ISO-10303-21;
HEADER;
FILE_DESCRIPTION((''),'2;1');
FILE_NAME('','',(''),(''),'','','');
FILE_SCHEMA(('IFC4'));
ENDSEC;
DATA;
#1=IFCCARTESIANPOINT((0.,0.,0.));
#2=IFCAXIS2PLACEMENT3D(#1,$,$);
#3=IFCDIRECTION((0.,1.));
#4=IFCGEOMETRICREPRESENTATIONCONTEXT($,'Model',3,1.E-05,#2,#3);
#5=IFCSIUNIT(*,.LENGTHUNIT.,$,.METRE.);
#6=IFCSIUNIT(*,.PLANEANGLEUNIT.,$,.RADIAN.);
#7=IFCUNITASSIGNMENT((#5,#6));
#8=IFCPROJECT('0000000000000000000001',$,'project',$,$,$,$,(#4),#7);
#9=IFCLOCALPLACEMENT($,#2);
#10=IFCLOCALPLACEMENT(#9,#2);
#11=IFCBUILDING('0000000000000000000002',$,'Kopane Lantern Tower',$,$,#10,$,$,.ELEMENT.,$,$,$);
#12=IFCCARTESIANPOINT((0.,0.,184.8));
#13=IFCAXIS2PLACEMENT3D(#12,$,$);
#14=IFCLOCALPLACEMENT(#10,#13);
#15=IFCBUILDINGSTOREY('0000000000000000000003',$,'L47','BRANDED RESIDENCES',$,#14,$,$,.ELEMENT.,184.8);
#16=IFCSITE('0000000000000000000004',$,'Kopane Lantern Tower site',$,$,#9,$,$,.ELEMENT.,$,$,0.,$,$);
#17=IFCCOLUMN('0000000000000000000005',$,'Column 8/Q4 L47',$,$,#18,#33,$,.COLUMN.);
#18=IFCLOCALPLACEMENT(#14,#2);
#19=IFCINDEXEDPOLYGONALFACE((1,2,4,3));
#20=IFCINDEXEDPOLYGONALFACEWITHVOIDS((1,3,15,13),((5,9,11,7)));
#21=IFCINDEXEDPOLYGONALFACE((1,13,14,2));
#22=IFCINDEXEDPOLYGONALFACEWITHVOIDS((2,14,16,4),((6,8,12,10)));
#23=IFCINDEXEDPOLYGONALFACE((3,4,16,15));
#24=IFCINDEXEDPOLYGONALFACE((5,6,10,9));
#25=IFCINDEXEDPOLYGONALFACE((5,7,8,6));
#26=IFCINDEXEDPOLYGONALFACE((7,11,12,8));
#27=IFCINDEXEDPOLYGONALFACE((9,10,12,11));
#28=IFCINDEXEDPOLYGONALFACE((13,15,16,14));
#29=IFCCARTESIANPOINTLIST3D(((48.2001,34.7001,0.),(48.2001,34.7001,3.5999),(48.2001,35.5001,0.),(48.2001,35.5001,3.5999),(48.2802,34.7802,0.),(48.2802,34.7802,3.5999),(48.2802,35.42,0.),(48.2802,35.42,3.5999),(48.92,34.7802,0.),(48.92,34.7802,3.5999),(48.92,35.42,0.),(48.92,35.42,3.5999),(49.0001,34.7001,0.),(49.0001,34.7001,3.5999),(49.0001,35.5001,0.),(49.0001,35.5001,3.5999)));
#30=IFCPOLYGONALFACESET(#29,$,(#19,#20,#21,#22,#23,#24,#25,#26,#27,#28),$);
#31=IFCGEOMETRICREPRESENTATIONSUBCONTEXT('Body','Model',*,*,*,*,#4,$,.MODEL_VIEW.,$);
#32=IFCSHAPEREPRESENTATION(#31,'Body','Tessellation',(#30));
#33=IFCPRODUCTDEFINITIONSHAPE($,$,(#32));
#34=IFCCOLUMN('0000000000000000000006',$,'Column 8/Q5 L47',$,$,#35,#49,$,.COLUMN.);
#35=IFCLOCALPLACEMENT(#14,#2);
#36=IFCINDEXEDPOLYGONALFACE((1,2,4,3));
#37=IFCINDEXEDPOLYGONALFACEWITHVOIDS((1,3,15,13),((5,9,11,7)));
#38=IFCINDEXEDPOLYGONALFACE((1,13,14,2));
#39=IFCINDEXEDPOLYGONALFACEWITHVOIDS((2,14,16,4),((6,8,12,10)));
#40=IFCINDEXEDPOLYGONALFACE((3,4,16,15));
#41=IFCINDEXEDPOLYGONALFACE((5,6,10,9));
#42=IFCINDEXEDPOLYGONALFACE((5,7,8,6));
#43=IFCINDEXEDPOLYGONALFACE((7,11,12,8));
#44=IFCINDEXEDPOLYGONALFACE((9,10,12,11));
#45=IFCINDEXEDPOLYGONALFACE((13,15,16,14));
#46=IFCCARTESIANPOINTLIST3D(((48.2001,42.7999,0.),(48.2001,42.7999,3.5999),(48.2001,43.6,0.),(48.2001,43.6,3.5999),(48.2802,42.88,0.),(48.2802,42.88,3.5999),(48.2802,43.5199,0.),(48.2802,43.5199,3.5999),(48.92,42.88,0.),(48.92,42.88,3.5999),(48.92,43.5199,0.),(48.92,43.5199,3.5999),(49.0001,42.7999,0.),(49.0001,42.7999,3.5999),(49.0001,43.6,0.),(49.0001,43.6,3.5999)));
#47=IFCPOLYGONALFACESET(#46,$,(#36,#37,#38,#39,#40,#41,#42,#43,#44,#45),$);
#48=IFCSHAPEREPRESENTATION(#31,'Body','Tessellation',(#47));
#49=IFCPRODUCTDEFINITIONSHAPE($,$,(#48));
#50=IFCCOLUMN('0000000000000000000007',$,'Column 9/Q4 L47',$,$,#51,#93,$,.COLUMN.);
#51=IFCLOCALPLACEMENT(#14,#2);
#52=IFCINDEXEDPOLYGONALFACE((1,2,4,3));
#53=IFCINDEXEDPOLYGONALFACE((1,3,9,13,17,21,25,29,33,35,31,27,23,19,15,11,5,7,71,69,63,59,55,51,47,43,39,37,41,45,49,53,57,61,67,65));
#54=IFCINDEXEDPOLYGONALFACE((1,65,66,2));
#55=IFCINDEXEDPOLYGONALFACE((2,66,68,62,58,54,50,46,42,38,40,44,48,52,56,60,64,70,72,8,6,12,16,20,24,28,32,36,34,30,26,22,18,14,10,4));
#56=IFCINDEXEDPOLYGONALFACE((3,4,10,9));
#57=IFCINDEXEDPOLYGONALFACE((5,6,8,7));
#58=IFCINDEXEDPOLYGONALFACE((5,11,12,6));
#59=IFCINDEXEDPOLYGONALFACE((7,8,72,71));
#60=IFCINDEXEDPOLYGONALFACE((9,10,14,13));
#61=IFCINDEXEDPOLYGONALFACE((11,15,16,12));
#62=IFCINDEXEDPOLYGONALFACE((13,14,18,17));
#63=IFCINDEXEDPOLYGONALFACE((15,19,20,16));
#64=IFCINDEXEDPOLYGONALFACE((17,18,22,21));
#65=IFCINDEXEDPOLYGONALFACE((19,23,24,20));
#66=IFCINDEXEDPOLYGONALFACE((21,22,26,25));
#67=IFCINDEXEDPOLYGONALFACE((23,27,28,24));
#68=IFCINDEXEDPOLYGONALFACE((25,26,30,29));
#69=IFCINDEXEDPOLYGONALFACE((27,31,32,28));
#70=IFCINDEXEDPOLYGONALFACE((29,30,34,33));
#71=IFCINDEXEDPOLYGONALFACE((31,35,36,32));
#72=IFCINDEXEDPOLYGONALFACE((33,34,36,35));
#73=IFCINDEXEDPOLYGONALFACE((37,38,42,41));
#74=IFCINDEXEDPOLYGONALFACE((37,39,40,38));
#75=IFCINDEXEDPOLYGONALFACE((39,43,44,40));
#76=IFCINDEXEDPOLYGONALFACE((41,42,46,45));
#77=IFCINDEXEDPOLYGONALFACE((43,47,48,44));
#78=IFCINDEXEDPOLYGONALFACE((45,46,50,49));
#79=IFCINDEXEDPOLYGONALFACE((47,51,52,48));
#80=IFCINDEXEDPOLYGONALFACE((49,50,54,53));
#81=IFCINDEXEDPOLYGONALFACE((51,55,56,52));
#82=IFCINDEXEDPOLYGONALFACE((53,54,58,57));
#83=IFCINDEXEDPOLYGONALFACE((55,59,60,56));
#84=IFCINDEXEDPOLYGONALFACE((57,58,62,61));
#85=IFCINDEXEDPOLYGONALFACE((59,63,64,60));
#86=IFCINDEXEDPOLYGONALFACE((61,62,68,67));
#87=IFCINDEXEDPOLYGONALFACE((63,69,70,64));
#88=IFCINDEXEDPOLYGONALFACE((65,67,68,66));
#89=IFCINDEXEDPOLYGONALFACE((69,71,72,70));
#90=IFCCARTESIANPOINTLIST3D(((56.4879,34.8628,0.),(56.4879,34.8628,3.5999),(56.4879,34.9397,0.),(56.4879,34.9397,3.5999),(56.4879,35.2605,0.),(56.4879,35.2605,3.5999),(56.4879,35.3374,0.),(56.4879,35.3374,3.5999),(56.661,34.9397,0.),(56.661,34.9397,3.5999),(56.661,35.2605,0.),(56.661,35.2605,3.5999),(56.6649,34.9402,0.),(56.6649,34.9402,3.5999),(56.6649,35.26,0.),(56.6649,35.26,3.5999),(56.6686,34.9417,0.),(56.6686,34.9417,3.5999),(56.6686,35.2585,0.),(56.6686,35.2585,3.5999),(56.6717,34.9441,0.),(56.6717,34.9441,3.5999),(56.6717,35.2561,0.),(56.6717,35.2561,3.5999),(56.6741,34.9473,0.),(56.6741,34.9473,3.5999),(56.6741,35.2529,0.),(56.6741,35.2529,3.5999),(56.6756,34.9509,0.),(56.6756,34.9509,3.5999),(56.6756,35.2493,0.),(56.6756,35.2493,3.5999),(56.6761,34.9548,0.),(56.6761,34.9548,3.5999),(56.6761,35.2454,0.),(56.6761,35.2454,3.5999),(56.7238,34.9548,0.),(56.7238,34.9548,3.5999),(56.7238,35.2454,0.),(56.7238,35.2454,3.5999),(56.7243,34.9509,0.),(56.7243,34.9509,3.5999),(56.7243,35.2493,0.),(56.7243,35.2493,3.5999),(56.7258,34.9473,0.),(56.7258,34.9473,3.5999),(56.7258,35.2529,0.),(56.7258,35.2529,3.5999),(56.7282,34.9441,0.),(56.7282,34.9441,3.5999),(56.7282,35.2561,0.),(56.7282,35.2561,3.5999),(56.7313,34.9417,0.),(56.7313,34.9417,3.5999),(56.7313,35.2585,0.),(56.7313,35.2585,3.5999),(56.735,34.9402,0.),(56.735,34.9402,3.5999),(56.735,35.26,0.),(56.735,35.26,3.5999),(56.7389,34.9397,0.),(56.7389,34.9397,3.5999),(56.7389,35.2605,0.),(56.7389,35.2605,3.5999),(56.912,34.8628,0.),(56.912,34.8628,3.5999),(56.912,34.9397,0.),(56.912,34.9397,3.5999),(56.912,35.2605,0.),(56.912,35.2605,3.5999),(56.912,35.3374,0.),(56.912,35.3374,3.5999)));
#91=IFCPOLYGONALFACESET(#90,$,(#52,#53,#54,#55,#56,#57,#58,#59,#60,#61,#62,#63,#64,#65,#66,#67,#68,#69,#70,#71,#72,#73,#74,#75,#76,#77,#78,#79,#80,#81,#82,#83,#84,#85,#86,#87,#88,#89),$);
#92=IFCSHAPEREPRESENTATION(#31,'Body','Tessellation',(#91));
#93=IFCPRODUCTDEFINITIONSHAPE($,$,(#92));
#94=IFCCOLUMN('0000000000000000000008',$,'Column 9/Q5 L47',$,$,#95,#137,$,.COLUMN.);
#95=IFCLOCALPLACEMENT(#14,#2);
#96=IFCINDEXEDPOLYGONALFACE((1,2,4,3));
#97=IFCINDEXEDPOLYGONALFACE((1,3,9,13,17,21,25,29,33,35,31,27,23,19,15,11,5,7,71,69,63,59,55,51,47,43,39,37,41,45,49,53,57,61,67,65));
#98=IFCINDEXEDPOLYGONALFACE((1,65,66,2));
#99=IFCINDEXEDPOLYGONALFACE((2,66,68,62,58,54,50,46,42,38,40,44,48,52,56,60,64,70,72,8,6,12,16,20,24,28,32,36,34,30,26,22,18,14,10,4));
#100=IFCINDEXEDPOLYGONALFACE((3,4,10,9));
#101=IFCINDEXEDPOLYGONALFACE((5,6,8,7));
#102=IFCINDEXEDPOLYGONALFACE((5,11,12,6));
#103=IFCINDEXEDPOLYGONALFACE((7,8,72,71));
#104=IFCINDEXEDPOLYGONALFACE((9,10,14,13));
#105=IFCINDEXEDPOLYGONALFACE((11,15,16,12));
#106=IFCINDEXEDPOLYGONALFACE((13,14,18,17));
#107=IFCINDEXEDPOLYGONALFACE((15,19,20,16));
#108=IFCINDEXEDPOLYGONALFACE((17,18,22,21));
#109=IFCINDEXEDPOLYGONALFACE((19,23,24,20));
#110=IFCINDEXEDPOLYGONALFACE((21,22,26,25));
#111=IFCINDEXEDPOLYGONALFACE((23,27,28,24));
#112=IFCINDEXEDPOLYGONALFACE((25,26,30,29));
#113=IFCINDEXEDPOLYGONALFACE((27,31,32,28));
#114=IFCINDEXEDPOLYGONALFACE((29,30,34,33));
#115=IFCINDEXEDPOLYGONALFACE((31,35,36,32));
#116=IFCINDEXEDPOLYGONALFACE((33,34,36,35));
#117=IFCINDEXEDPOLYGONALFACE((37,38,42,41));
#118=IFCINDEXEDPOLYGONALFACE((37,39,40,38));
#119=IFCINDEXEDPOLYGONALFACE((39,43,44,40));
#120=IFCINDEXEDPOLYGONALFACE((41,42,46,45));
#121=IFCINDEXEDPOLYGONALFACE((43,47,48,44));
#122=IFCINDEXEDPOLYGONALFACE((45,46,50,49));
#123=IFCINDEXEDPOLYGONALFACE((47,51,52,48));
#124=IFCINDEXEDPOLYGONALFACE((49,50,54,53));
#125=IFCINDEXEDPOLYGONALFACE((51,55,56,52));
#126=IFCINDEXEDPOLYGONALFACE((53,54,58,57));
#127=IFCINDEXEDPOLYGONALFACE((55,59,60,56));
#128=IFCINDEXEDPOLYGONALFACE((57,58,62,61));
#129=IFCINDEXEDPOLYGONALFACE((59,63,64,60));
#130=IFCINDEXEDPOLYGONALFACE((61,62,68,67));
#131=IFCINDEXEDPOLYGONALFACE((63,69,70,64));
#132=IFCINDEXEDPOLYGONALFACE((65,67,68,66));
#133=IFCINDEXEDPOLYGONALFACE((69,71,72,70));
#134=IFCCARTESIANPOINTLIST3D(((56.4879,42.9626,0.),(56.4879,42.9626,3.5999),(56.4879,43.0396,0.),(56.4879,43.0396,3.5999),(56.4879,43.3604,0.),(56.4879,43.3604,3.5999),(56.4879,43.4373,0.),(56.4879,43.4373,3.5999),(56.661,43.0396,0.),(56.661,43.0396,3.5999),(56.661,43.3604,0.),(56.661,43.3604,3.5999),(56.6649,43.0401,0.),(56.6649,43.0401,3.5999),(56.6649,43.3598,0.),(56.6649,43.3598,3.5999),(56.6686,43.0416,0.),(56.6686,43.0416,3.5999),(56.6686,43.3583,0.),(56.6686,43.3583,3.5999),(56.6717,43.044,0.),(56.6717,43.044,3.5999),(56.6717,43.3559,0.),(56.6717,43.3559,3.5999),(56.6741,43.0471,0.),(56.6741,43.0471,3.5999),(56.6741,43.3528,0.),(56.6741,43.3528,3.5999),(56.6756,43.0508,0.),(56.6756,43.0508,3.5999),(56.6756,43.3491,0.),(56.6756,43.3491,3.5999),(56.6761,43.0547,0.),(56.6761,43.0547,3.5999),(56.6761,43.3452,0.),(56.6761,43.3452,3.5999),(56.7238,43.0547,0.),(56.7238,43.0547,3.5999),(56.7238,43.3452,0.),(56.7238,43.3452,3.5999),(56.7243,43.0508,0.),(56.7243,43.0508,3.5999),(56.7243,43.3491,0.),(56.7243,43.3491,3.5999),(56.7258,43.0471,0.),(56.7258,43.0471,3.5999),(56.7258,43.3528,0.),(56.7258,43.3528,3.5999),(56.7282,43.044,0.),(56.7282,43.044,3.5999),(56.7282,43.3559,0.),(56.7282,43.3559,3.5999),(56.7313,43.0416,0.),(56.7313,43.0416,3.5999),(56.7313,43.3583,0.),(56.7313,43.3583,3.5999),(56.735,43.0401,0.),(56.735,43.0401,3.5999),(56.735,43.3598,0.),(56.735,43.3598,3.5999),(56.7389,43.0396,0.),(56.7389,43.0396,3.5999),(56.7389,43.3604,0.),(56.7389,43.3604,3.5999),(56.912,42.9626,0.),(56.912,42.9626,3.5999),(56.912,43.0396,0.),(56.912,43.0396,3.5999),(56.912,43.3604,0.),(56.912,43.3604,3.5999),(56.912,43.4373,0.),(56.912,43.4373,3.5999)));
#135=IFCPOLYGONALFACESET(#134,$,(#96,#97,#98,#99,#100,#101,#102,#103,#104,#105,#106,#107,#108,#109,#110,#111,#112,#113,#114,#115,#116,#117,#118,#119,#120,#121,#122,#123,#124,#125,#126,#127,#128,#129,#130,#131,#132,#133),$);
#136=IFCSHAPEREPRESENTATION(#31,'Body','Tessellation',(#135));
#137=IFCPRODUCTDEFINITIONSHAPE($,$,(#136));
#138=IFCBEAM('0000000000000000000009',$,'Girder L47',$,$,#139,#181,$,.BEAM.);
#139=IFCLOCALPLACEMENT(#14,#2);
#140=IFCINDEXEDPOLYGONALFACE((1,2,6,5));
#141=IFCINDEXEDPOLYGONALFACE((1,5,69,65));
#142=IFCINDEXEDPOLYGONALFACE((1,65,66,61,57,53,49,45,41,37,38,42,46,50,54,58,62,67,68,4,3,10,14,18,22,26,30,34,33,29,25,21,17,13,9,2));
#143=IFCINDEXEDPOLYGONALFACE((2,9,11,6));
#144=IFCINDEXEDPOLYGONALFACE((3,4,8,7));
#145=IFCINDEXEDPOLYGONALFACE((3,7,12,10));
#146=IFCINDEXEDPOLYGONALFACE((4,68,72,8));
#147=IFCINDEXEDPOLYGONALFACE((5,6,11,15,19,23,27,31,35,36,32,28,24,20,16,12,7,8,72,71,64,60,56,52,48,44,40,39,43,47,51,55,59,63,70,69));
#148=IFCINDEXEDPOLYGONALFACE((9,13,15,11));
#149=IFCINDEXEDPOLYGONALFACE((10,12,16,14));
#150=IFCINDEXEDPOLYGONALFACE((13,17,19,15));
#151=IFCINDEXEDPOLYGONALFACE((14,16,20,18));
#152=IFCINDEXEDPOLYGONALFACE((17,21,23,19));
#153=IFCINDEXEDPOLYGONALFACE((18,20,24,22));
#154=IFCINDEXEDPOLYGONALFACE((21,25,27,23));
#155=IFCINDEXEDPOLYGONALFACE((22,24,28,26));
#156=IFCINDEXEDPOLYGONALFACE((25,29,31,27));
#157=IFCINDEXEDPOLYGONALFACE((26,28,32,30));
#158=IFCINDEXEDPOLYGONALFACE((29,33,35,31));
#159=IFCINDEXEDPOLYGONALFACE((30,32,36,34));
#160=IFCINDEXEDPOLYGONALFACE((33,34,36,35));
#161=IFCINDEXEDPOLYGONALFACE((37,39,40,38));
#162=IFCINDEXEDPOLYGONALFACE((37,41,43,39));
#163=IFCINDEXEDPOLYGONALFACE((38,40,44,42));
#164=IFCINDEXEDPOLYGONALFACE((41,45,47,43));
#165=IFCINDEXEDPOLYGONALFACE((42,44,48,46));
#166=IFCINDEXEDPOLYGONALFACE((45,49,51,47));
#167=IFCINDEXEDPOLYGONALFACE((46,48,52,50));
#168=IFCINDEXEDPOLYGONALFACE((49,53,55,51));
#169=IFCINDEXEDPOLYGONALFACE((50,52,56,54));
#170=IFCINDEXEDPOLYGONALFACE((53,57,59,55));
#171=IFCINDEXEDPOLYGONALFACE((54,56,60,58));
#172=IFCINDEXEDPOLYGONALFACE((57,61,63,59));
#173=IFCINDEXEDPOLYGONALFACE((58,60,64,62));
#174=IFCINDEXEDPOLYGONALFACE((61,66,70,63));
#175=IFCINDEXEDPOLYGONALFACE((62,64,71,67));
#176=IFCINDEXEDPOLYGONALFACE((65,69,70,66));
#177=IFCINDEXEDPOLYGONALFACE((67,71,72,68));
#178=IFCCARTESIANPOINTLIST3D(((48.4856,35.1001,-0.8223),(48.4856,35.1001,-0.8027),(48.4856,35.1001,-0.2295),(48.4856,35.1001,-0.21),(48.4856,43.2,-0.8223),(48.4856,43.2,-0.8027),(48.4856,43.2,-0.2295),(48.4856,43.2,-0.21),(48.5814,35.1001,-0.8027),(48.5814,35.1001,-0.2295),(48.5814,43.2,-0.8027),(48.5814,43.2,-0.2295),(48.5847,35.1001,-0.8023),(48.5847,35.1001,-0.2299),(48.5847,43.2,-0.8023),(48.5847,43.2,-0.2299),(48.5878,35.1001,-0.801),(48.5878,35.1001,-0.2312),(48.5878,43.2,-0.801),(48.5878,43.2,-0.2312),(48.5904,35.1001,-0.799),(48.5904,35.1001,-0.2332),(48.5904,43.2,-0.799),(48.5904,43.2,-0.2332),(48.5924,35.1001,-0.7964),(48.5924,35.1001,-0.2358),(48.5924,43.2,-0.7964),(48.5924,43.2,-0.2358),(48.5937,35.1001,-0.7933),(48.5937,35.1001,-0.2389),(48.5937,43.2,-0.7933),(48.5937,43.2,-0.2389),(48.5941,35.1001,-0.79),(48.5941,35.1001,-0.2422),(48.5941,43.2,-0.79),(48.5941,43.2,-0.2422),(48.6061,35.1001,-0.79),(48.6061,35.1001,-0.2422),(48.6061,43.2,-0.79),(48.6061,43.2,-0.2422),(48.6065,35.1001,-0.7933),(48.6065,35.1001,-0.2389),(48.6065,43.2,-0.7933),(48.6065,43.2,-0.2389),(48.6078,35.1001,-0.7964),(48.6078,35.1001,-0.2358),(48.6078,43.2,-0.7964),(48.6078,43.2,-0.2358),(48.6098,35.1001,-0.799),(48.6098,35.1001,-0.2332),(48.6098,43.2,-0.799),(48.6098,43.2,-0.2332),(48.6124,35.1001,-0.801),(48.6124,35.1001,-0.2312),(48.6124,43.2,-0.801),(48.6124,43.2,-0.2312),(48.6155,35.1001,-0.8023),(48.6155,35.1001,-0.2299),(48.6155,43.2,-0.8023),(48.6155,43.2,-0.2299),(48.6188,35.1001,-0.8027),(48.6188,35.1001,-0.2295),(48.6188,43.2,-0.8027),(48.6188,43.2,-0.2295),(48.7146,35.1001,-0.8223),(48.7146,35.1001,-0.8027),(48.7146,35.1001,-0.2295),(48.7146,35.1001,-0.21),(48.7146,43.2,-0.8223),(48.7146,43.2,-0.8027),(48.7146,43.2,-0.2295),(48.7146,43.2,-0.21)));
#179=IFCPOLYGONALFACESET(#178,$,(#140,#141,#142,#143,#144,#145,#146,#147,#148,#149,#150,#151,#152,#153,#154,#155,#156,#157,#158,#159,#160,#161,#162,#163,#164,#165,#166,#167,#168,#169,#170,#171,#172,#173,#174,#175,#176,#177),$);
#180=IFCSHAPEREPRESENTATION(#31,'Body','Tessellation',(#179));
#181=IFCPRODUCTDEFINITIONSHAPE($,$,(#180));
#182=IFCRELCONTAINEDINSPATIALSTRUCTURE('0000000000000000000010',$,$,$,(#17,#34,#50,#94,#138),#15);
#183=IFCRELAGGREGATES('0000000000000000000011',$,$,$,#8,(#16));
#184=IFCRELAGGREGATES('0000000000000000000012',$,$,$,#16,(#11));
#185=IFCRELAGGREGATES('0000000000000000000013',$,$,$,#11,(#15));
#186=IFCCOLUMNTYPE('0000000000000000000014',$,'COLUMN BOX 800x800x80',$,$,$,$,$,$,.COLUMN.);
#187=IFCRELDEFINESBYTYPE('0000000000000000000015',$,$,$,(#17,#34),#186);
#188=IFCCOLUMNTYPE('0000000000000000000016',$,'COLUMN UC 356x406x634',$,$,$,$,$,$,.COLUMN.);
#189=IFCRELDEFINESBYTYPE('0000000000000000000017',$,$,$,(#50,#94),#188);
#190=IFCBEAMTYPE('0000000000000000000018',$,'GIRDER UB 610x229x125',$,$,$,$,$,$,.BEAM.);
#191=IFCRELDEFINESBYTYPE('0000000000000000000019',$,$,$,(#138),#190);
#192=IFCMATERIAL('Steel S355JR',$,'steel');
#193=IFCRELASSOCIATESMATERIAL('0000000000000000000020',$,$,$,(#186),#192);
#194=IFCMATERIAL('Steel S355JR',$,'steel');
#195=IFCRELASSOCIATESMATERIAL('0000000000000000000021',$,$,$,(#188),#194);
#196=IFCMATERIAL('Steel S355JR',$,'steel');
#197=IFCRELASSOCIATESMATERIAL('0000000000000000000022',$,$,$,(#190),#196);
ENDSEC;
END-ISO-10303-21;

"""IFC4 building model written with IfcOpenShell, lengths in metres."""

from ifc_helpers import new_model, si_unit, direction, frame, origin, origin_2d, place, context, subcontext, project, spatial, hollow_rectangle, i_section, extrude, material, material_profile, profile_set, type_object, element, save


model = new_model("IFC4")

# Units and contexts
model_context = context("Model", 3, precision=1e-05, world=origin(), true_north=direction((0.0, 1.0)))
body_context = subcontext(model_context, "Body", "Model", "MODEL_VIEW")
ifc_project = project(units=[si_unit("LENGTHUNIT", "METRE"), si_unit("PLANEANGLEUNIT", "RADIAN")], contexts=[model_context])

# Site, building, storey
site_placement = place(None, origin())
site = spatial("IfcSite", under=ifc_project, at=site_placement, Name="Kopane Lantern Tower site", CompositionType="ELEMENT", RefElevation=0.0)
building_placement = place(site_placement, origin())
building = spatial("IfcBuilding", under=site, at=building_placement, Name="Kopane Lantern Tower", CompositionType="ELEMENT")
storey_placement = place(building_placement, frame((0.0, 0.0, 184.8)))
storey = spatial("IfcBuildingStorey", under=building, at=storey_placement, Name="L47", Description="BRANDED RESIDENCES", CompositionType="ELEMENT", Elevation=184.8)

# Columns
ifc_material_1 = material(Name="Steel S355JR", Category="steel")
ifc_material_profile_1 = material_profile(ifc_material_1, hollow_rectangle(XDim=0.8, YDim=0.8, WallThickness=0.0801, at=origin_2d()), Name="BOX 800x800x80")
ifc_profile_set_1 = profile_set([ifc_material_profile_1], Name="Steel S355JR")
column_type_1 = type_object("IfcColumnType", Name="COLUMN BOX 800x800x80", PredefinedType="COLUMN", material=ifc_profile_set_1)
for number, where, z_axis, x_axis, name in (
    (1, (48.6001, 35.1001, 0.0), (0.0, 0.0, 1.0), (1.0, 0.0, 0.0), "Column 8/Q4 L47"),
    (2, (48.6001, 43.2, 0.0), (0.0, 0.0, 1.0), (1.0, 0.0, 0.0), "Column 8/Q5 L47"),
):
    element("IfcColumn", number, at=place(storey_placement, frame(where, z_axis=z_axis, x_axis=x_axis)), inside=storey, type_object=column_type_1, Name=name, PredefinedType="COLUMN", context=body_context, shape_type="SweptSolid", body=[
        extrude(hollow_rectangle(XDim=0.8, YDim=0.8, WallThickness=0.0801, at=origin_2d()), origin(), (0.0, 0.0, 1.0), 3.5999),
    ])
ifc_material_2 = material(Name="Steel S355JR", Category="steel")
ifc_material_profile_2 = material_profile(ifc_material_2, i_section(OverallWidth=0.4241, OverallDepth=0.4746, WebThickness=0.0476, FlangeThickness=0.0769, FilletRadius=0.0151, at=origin_2d()), Name="UC 356x406x634")
ifc_profile_set_2 = profile_set([ifc_material_profile_2], Name="Steel S355JR")
column_type_2 = type_object("IfcColumnType", Name="COLUMN UC 356x406x634", PredefinedType="COLUMN", material=ifc_profile_set_2)
for number, where, z_axis, x_axis, name in (
    (3, (56.7, 35.1001, 0.0), (0.0, 0.0, 1.0), (1.0, 0.0, 0.0), "Column 9/Q4 L47"),
    (4, (56.7, 43.2, 0.0), (0.0, 0.0, 1.0), (1.0, 0.0, 0.0), "Column 9/Q5 L47"),
):
    element("IfcColumn", number, at=place(storey_placement, frame(where, z_axis=z_axis, x_axis=x_axis)), inside=storey, type_object=column_type_2, Name=name, PredefinedType="COLUMN", context=body_context, shape_type="SweptSolid", body=[
        extrude(i_section(OverallWidth=0.4241, OverallDepth=0.4746, WebThickness=0.0476, FlangeThickness=0.0769, FilletRadius=0.0151, at=origin_2d()), origin(), (0.0, 0.0, 1.0), 3.5999),
    ])

# Beam
ifc_material_3 = material(Name="Steel S355JR", Category="steel")
ifc_material_profile_3 = material_profile(ifc_material_3, i_section(OverallWidth=0.229, OverallDepth=0.6123, WebThickness=0.012, FlangeThickness=0.0195, FilletRadius=0.0127, at=origin_2d()), Name="UB 610x229x125")
ifc_profile_set_3 = profile_set([ifc_material_profile_3], Name="Steel S355JR")
beam_type = type_object("IfcBeamType", Name="GIRDER UB 610x229x125", PredefinedType="BEAM", material=ifc_profile_set_3)
for number, where, z_axis, x_axis, name in (
    (5, (48.6001, 35.1001, -0.5161), (0.0, 1.0, 0.0), (-1.0, 0.0, 0.0), "Girder L47"),
):
    element("IfcBeam", number, at=place(storey_placement, frame(where, z_axis=z_axis, x_axis=x_axis)), inside=storey, type_object=beam_type, Name=name, PredefinedType="BEAM", context=body_context, shape_type="SweptSolid", body=[
        extrude(i_section(OverallWidth=0.229, OverallDepth=0.6123, WebThickness=0.012, FlangeThickness=0.0195, FilletRadius=0.0127, at=origin_2d()), origin(), (0.0, 0.0, 1.0), 8.0999),
    ])

save(model, "model.ifc")
